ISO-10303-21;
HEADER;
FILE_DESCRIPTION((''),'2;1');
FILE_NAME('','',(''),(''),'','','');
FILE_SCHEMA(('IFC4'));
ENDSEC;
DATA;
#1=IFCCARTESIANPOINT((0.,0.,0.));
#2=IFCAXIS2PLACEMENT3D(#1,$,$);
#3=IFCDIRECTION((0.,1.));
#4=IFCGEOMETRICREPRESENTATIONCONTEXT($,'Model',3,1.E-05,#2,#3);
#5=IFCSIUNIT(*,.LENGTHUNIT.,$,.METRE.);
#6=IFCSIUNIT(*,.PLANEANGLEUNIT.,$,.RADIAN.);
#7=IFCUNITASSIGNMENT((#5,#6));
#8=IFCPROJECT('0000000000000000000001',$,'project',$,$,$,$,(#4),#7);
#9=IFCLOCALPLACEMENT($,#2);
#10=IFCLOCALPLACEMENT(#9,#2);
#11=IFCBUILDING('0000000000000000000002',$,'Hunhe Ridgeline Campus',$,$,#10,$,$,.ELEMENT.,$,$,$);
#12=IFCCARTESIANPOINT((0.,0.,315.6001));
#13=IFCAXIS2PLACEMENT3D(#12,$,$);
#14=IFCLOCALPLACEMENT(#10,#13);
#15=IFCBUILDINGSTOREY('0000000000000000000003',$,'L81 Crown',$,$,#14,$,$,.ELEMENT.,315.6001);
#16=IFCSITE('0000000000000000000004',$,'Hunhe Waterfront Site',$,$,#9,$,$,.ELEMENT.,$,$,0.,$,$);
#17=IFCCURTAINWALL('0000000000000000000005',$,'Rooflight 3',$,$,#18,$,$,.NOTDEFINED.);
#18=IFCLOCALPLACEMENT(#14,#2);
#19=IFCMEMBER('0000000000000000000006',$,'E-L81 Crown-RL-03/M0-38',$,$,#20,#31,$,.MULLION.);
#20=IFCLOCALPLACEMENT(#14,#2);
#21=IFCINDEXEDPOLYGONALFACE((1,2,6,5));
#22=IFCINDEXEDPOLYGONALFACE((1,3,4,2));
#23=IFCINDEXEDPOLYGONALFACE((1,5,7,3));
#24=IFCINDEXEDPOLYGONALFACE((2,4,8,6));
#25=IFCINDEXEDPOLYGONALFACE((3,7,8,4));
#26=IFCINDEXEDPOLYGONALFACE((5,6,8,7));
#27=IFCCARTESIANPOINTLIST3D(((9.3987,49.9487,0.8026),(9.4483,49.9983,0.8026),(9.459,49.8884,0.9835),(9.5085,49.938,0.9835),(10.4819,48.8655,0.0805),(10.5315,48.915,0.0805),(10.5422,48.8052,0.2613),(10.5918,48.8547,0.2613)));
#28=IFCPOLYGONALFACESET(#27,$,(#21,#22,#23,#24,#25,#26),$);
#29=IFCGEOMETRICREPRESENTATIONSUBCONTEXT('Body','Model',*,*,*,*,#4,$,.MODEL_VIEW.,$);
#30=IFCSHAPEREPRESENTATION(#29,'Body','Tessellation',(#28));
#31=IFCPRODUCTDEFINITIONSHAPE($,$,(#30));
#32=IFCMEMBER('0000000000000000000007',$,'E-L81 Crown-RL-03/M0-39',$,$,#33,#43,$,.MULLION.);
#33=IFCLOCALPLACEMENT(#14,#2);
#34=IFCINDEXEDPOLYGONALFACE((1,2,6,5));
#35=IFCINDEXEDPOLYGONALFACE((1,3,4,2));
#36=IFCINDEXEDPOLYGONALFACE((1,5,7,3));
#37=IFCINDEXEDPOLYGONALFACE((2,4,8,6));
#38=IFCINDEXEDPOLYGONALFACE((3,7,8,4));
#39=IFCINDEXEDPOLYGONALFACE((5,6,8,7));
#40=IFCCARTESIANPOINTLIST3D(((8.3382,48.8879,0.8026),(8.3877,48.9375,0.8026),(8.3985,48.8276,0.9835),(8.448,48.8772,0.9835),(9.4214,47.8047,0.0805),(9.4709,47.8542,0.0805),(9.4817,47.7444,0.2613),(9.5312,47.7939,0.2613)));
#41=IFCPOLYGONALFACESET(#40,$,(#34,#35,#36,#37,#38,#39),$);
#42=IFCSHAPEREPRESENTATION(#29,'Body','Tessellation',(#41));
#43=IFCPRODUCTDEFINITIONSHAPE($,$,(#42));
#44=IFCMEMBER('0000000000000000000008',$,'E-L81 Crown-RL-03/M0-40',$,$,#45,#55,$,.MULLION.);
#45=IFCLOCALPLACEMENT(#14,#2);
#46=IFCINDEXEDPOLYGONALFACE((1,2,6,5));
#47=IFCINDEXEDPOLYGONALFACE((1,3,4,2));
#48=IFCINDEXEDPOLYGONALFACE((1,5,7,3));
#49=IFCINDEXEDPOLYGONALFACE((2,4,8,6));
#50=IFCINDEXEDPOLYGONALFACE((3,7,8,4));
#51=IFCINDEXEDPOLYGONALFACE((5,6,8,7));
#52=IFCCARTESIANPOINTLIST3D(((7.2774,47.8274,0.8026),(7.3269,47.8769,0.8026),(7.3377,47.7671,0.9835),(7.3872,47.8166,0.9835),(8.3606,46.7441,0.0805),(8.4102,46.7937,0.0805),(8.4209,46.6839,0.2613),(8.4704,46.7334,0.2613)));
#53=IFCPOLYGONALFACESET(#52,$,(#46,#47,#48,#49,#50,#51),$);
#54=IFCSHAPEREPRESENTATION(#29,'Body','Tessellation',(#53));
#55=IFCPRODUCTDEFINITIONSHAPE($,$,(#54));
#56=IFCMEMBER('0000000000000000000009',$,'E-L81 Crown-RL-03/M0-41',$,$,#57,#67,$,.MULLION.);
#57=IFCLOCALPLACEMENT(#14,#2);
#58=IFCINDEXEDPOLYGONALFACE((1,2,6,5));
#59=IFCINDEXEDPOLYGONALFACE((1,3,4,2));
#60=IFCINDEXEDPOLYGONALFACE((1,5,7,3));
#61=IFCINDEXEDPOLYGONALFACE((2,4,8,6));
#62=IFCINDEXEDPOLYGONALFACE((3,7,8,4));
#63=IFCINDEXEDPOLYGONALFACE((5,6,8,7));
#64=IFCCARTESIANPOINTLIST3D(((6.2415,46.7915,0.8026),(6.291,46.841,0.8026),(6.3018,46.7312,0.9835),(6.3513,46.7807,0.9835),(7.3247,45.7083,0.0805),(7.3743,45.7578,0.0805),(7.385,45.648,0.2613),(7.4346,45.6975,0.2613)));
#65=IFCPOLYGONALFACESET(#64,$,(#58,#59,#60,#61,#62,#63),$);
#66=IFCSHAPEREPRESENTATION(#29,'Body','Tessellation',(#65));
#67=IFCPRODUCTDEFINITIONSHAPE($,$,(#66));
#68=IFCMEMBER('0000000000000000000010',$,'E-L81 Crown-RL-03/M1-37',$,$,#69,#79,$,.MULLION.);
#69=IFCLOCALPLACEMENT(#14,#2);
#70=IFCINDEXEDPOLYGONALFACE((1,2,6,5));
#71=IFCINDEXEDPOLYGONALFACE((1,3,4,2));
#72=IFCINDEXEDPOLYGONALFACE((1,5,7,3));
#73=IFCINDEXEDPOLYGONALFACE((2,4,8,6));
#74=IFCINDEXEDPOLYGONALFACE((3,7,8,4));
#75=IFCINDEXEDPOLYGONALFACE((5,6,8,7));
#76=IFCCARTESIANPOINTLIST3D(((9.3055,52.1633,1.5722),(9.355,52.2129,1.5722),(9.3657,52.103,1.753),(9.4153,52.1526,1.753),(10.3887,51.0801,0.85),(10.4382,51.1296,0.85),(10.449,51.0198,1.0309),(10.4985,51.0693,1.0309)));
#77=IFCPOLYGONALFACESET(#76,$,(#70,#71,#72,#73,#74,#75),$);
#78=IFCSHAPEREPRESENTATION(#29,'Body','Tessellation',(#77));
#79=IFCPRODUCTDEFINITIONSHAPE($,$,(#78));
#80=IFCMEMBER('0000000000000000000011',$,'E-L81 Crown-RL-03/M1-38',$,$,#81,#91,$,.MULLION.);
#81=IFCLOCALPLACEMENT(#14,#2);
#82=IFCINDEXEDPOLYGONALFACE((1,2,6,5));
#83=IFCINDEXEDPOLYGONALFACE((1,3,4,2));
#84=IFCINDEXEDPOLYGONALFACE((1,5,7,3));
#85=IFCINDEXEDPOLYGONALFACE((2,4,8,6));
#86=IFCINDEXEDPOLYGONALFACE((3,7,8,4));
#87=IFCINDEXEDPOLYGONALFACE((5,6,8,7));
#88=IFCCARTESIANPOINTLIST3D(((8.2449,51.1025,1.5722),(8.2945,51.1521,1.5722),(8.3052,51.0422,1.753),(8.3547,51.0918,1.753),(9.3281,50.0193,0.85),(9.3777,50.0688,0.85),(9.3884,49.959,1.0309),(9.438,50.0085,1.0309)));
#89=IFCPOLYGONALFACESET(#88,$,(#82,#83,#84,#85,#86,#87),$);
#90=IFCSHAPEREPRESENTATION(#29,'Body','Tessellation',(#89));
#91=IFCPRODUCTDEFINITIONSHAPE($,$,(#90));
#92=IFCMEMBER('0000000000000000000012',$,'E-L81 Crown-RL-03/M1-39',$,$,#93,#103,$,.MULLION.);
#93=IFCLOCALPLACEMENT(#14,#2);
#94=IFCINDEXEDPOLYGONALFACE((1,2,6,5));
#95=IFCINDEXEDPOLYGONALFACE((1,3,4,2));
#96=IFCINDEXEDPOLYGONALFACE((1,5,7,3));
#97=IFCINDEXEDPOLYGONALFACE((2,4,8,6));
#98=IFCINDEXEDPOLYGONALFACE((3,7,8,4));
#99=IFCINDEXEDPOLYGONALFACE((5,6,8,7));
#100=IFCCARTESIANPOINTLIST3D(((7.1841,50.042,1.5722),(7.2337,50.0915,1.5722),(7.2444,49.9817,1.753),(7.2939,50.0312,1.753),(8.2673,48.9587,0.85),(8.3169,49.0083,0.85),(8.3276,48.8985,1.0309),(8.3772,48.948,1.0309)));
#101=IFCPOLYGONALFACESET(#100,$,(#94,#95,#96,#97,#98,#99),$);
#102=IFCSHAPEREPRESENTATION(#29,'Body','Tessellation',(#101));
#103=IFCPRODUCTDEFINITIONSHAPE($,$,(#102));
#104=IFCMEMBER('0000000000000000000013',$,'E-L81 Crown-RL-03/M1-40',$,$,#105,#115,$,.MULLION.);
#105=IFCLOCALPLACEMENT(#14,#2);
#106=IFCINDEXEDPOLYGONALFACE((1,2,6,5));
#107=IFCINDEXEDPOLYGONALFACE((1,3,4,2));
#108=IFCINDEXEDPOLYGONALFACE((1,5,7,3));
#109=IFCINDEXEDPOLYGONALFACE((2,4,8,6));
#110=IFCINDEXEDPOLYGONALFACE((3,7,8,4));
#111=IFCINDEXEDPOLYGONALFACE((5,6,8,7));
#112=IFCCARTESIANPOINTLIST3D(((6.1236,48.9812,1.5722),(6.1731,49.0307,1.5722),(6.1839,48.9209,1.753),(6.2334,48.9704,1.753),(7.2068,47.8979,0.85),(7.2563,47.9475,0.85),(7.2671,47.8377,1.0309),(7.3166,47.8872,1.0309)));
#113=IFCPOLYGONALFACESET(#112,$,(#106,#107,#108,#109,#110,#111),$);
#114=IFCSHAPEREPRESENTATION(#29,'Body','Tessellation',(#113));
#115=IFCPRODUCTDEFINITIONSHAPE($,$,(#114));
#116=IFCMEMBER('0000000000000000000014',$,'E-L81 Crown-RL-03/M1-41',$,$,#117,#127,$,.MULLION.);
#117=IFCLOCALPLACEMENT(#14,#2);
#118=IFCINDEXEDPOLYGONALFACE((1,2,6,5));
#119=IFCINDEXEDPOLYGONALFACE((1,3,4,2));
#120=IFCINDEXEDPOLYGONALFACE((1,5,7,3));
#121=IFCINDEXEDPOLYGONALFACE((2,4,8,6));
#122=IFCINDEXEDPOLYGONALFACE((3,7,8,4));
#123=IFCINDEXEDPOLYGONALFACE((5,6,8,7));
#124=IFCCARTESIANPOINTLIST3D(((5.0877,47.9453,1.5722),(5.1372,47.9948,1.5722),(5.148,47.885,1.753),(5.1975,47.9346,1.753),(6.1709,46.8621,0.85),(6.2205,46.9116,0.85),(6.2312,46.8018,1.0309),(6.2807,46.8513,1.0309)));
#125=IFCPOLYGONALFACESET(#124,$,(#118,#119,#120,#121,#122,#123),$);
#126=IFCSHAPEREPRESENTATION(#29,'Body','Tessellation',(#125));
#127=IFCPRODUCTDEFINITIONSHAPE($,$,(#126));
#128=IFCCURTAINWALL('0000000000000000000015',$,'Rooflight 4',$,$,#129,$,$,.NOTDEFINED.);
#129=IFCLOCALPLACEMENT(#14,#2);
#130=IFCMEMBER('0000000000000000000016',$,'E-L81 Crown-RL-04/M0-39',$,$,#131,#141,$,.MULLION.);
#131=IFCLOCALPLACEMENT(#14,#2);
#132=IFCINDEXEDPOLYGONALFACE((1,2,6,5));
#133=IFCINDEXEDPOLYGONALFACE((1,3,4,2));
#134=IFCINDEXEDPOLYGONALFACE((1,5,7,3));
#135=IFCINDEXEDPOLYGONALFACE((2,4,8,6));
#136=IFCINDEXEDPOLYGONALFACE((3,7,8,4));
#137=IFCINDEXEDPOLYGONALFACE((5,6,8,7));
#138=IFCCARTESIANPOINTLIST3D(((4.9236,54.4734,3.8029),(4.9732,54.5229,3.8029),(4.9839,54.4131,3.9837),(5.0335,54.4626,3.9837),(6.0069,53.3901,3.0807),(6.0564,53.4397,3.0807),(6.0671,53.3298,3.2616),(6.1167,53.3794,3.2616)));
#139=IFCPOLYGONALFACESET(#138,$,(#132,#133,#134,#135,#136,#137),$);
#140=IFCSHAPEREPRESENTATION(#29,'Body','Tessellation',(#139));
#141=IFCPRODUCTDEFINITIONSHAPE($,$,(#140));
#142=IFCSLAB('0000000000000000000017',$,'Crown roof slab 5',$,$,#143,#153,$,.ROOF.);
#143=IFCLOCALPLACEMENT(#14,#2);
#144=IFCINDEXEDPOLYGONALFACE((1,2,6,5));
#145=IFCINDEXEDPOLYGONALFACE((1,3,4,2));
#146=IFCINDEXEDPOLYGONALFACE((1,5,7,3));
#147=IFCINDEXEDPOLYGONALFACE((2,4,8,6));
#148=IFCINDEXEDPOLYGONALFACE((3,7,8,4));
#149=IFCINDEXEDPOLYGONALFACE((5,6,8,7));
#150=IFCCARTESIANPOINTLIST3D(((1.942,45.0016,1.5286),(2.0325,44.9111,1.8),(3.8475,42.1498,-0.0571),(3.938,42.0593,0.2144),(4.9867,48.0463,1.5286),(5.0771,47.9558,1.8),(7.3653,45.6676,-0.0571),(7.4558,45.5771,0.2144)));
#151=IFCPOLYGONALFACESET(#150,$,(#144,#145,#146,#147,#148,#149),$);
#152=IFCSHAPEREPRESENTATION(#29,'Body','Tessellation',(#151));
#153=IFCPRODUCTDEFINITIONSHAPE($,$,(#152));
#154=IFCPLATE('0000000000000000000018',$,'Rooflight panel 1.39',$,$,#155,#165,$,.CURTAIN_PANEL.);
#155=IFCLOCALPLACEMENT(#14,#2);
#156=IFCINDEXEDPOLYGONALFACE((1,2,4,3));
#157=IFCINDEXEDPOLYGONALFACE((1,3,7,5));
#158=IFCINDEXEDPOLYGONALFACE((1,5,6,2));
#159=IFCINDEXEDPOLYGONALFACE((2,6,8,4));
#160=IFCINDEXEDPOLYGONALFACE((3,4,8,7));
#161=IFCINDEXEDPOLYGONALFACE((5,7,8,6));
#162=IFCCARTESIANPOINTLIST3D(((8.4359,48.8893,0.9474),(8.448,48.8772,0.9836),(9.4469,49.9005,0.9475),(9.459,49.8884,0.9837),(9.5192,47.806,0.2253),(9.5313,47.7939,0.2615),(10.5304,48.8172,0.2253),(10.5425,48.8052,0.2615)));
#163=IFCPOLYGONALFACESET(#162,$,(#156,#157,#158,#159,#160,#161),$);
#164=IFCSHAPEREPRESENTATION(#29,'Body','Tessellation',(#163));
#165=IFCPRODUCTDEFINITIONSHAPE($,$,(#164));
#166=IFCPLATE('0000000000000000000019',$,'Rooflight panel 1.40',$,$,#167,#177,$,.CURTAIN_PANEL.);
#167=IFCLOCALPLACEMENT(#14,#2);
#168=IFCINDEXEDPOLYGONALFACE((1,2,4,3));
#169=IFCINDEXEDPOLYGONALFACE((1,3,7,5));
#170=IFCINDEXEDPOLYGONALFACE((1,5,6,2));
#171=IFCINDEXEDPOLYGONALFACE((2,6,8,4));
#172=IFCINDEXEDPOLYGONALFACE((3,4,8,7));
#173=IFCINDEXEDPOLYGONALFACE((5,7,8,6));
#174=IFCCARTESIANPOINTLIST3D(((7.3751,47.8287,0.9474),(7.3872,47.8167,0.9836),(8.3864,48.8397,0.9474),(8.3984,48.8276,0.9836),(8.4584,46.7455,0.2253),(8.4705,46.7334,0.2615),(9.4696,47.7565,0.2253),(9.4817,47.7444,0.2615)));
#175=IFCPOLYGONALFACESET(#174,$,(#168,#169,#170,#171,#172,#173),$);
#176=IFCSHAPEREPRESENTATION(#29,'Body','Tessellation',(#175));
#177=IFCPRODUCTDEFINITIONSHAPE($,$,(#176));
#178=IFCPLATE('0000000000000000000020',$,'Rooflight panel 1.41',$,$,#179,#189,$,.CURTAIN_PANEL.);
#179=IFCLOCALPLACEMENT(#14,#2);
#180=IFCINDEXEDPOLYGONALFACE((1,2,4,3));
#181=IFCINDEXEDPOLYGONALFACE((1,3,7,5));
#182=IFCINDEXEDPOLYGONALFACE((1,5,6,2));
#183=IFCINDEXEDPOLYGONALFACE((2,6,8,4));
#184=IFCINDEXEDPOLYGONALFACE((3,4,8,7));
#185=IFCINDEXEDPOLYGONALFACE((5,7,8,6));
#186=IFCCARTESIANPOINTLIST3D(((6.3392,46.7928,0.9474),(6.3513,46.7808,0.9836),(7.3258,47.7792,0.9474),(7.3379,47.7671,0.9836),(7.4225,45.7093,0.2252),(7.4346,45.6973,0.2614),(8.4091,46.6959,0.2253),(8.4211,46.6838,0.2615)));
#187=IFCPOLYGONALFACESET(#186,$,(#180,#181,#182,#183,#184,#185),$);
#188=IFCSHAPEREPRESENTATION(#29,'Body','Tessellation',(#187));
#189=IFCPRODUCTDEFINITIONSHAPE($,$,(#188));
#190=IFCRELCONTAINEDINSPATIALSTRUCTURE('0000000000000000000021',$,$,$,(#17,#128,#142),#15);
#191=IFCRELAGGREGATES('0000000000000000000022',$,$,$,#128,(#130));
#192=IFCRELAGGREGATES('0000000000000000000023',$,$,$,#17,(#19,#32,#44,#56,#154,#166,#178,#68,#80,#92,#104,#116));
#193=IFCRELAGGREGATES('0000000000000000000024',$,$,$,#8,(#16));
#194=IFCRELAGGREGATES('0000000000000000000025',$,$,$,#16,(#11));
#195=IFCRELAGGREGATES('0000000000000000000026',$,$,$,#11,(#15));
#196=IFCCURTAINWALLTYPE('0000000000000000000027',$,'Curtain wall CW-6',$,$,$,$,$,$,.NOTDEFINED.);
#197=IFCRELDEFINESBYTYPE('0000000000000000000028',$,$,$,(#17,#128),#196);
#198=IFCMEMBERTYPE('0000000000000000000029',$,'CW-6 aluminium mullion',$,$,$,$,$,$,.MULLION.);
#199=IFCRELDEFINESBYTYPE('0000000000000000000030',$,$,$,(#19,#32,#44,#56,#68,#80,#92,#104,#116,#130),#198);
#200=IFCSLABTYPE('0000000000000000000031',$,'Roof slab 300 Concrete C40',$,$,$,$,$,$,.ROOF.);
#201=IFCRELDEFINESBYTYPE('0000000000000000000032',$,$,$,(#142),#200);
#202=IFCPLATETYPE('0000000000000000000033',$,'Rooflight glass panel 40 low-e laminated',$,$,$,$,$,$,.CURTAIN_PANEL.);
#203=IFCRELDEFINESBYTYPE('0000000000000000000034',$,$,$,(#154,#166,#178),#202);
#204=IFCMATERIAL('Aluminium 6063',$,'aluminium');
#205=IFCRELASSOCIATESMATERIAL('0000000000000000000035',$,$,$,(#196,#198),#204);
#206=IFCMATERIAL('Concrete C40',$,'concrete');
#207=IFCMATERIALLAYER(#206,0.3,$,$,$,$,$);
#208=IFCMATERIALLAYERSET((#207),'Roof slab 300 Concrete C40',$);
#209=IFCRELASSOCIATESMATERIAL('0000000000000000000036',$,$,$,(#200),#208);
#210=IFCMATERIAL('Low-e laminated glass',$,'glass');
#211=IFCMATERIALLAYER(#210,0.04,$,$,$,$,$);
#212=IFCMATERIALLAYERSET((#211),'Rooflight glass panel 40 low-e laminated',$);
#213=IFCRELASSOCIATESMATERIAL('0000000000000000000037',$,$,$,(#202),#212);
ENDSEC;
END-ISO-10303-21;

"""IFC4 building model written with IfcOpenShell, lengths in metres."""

from ifc_helpers import new_model, si_unit, direction, frame, origin, origin_2d, place, context, subcontext, project, spatial, polyline, rectangle, outline, extrude, material, layer, layer_set, material_profile, profile_set, type_object, element, aggregate, save


model = new_model("IFC4")

# Units and contexts
model_context = context("Model", 3, precision=1e-05, world=origin(), true_north=direction((0.0, 1.0)))
body_context = subcontext(model_context, "Body", "Model", "MODEL_VIEW")
ifc_project = project(units=[si_unit("LENGTHUNIT", "METRE"), si_unit("PLANEANGLEUNIT", "RADIAN")], contexts=[model_context])

# Site, building, storey
site_placement = place(None, origin())
site = spatial("IfcSite", under=ifc_project, at=site_placement, Name="Hunhe Waterfront Site", CompositionType="ELEMENT", RefElevation=0.0)
building_placement = place(site_placement, origin())
building = spatial("IfcBuilding", under=site, at=building_placement, Name="Hunhe Ridgeline Campus", CompositionType="ELEMENT")
storey_placement = place(building_placement, frame((0.0, 0.0, 315.6001)))
storey = spatial("IfcBuildingStorey", under=building, at=storey_placement, Name="L81 Crown", CompositionType="ELEMENT", Elevation=315.6001)

# Curtain wall, members
ifc_material_1 = material(Name="Aluminium 6063", Category="aluminium")
curtain_wall_type = type_object("IfcCurtainWallType", Name="Curtain wall CW-6", PredefinedType="NOTDEFINED", material=ifc_material_1)
curtain_wall_1_placement = place(storey_placement, origin())
curtain_wall_1 = element("IfcCurtainWall", 1, at=curtain_wall_1_placement, inside=storey, type_object=curtain_wall_type, Name="Rooflight 3", PredefinedType="NOTDEFINED")
ifc_material_profile = material_profile(ifc_material_1, rectangle(XDim=0.0701, YDim=0.2, at=origin_2d()))
ifc_profile_set = profile_set([ifc_material_profile], Name="Aluminium 6063")
member_type = type_object("IfcMemberType", Name="CW-6 aluminium mullion", PredefinedType="MULLION", material=ifc_profile_set)
member_1_placement = place(storey_placement, frame((10.5369, 48.8601, 0.1709), z_axis=(-0.639602, 0.639602, 0.426401), x_axis=(-0.707107, -0.707107, 0.0)))
member_1 = element("IfcMember", 2, at=member_1_placement, type_object=member_type, Name="E-L81 Crown-RL-03/M0-38", PredefinedType="MULLION", context=body_context, shape_type="SweptSolid", body=[
    extrude(rectangle(XDim=0.0701, YDim=0.2, at=origin_2d()), origin(), (0.0, 0.0, 1.0), 1.6936),
])
member_2_placement = place(storey_placement, frame((9.4763, 47.7993, 0.1709), z_axis=(-0.639602, 0.639602, 0.426401), x_axis=(-0.707107, -0.707107, 0.0)))
member_2 = element("IfcMember", 3, at=member_2_placement, type_object=member_type, Name="E-L81 Crown-RL-03/M0-39", PredefinedType="MULLION", context=body_context, shape_type="SweptSolid", body=[
    extrude(rectangle(XDim=0.0701, YDim=0.2, at=origin_2d()), origin(), (0.0, 0.0, 1.0), 1.6936),
])
member_3_placement = place(storey_placement, frame((8.4155, 46.7388, 0.1709), z_axis=(-0.639602, 0.639602, 0.426401), x_axis=(-0.707107, -0.707107, 0.0)))
member_3 = element("IfcMember", 4, at=member_3_placement, type_object=member_type, Name="E-L81 Crown-RL-03/M0-40", PredefinedType="MULLION", context=body_context, shape_type="SweptSolid", body=[
    extrude(rectangle(XDim=0.0701, YDim=0.2, at=origin_2d()), origin(), (0.0, 0.0, 1.0), 1.6936),
])
member_4_placement = place(storey_placement, frame((7.3796, 45.7029, 0.1709), z_axis=(-0.639602, 0.639602, 0.426401), x_axis=(-0.707107, -0.707107, 0.0)))
member_4 = element("IfcMember", 5, at=member_4_placement, type_object=member_type, Name="E-L81 Crown-RL-03/M0-41", PredefinedType="MULLION", context=body_context, shape_type="SweptSolid", body=[
    extrude(rectangle(XDim=0.0701, YDim=0.2, at=origin_2d()), origin(), (0.0, 0.0, 1.0), 1.6936),
])
member_5_placement = place(storey_placement, frame((10.4436, 51.0747, 0.9404), z_axis=(-0.639602, 0.639602, 0.426401), x_axis=(-0.707107, -0.707107, 0.0)))
member_5 = element("IfcMember", 6, at=member_5_placement, type_object=member_type, Name="E-L81 Crown-RL-03/M1-37", PredefinedType="MULLION", context=body_context, shape_type="SweptSolid", body=[
    extrude(rectangle(XDim=0.0701, YDim=0.2, at=origin_2d()), origin(), (0.0, 0.0, 1.0), 1.6936),
])
member_6_placement = place(storey_placement, frame((9.3831, 50.0139, 0.9404), z_axis=(-0.639602, 0.639602, 0.426401), x_axis=(-0.707107, -0.707107, 0.0)))
member_6 = element("IfcMember", 7, at=member_6_placement, type_object=member_type, Name="E-L81 Crown-RL-03/M1-38", PredefinedType="MULLION", context=body_context, shape_type="SweptSolid", body=[
    extrude(rectangle(XDim=0.0701, YDim=0.2, at=origin_2d()), origin(), (0.0, 0.0, 1.0), 1.6936),
])
member_7_placement = place(storey_placement, frame((8.3223, 48.9534, 0.9404), z_axis=(-0.639602, 0.639602, 0.426401), x_axis=(-0.707107, -0.707107, 0.0)))
member_7 = element("IfcMember", 8, at=member_7_placement, type_object=member_type, Name="E-L81 Crown-RL-03/M1-39", PredefinedType="MULLION", context=body_context, shape_type="SweptSolid", body=[
    extrude(rectangle(XDim=0.0701, YDim=0.2, at=origin_2d()), origin(), (0.0, 0.0, 1.0), 1.6936),
])
member_8_placement = place(storey_placement, frame((7.2617, 47.8926, 0.9404), z_axis=(-0.639602, 0.639602, 0.426401), x_axis=(-0.707107, -0.707107, 0.0)))
member_8 = element("IfcMember", 9, at=member_8_placement, type_object=member_type, Name="E-L81 Crown-RL-03/M1-40", PredefinedType="MULLION", context=body_context, shape_type="SweptSolid", body=[
    extrude(rectangle(XDim=0.0701, YDim=0.2, at=origin_2d()), origin(), (0.0, 0.0, 1.0), 1.6936),
])
member_9_placement = place(storey_placement, frame((6.2258, 46.8567, 0.9404), z_axis=(-0.639602, 0.639602, 0.426401), x_axis=(-0.707107, -0.707107, 0.0)))
member_9 = element("IfcMember", 10, at=member_9_placement, type_object=member_type, Name="E-L81 Crown-RL-03/M1-41", PredefinedType="MULLION", context=body_context, shape_type="SweptSolid", body=[
    extrude(rectangle(XDim=0.0701, YDim=0.2, at=origin_2d()), origin(), (0.0, 0.0, 1.0), 1.6936),
])

# Curtain wall, member
curtain_wall_2_placement = place(storey_placement, origin())
curtain_wall_2 = element("IfcCurtainWall", 11, at=curtain_wall_2_placement, inside=storey, type_object=curtain_wall_type, Name="Rooflight 4", PredefinedType="NOTDEFINED")
member_10_placement = place(storey_placement, frame((6.0618, 53.3848, 3.1711), z_axis=(-0.639602, 0.639602, 0.426401), x_axis=(-0.707107, -0.707107, 0.0)))
member_10 = element("IfcMember", 12, at=member_10_placement, type_object=member_type, Name="E-L81 Crown-RL-04/M0-39", PredefinedType="MULLION", context=body_context, shape_type="SweptSolid", body=[
    extrude(rectangle(XDim=0.0701, YDim=0.2, at=origin_2d()), origin(), (0.0, 0.0, 1.0), 1.6936),
])
aggregate(curtain_wall_2, [member_10])

# Slab
ifc_material_2 = material(Name="Concrete C40", Category="concrete")
ifc_layer_1 = layer(ifc_material_2, 0.3)
ifc_layer_set_1 = layer_set([ifc_layer_1], Name="Roof slab 300 Concrete C40")
slab_type = type_object("IfcSlabType", Name="Roof slab 300 Concrete C40", PredefinedType="ROOF", material=ifc_layer_set_1)
slab_1_placement = place(storey_placement, frame((7.4558, 45.5771, 0.2144), z_axis=(0.301499, -0.301499, 0.904542), x_axis=(-0.639608, 0.639608, 0.426384)))
element("IfcSlab", 13, at=slab_1_placement, inside=storey, type_object=slab_type, Name="Crown roof slab 5", PredefinedType="ROOF", context=body_context, shape_type="SweptSolid", body=[
    extrude(outline(polyline([(0.0, 0.0), (3.7189, 0.0), (3.7189, 4.3058), (0.0, 4.975), (0.0, 0.0)])), origin(), (0.0, 0.0, -1.0), 0.3),
])

# Plates
ifc_material_3 = material(Name="Low-e laminated glass", Category="glass")
ifc_layer_2 = layer(ifc_material_3, 0.04)
ifc_layer_set_2 = layer_set([ifc_layer_2], Name="Rooflight glass panel 40 low-e laminated")
plate_type = type_object("IfcPlateType", Name="Rooflight glass panel 40 low-e laminated", PredefinedType="CURTAIN_PANEL", material=ifc_layer_set_2)
plate_1_placement = place(storey_placement, frame((10.5425, 48.8052, 0.2615), z_axis=(0.301516, -0.301479, 0.904543), x_axis=(-0.639681, 0.639537, 0.426382)))
plate_1 = element("IfcPlate", 14, at=plate_1_placement, type_object=plate_type, Name="Rooflight panel 1.39", PredefinedType="CURTAIN_PANEL", context=body_context, shape_type="SweptSolid", body=[
    extrude(outline(polyline([(0.0, 0.0), (1.6938, 0.0), (1.6938, 1.4299), (0.0001, 1.4301), (0.0, 0.0)])), origin(), (0.0, 0.0, -1.0), 0.04),
])
plate_2_placement = place(storey_placement, frame((9.4817, 47.7444, 0.2615), z_axis=(0.301475, -0.301548, 0.904534), x_axis=(-0.639602, 0.639602, 0.426401)))
plate_2 = element("IfcPlate", 15, at=plate_2_placement, type_object=plate_type, Name="Rooflight panel 1.40", PredefinedType="CURTAIN_PANEL", context=body_context, shape_type="SweptSolid", body=[
    extrude(outline(polyline([(0.0, 0.0), (1.6936, 0.0), (1.6938, 1.4299), (0.0002, 1.4299), (0.0, 0.0)])), origin(), (0.0, 0.0, -1.0), 0.04),
])
plate_3_placement = place(storey_placement, frame((8.4211, 46.6838, 0.2615), z_axis=(0.301479, -0.301516, 0.904543), x_axis=(-0.639609, 0.639609, 0.426382)))
plate_3 = element("IfcPlate", 16, at=plate_3_placement, type_object=plate_type, Name="Rooflight panel 1.41", PredefinedType="CURTAIN_PANEL", context=body_context, shape_type="SweptSolid", body=[
    extrude(outline(polyline([(0.0, 0.0), (1.6936, 0.0), (1.6938, 1.3951), (0.0, 1.3952), (0.0, 0.0)])), origin(), (0.0, 0.0, -1.0), 0.04),
])
aggregate(curtain_wall_1, [member_1, member_2, member_3, member_4, plate_1, plate_2, plate_3, member_5, member_6, member_7, member_8, member_9])

save(model, "model.ifc")
